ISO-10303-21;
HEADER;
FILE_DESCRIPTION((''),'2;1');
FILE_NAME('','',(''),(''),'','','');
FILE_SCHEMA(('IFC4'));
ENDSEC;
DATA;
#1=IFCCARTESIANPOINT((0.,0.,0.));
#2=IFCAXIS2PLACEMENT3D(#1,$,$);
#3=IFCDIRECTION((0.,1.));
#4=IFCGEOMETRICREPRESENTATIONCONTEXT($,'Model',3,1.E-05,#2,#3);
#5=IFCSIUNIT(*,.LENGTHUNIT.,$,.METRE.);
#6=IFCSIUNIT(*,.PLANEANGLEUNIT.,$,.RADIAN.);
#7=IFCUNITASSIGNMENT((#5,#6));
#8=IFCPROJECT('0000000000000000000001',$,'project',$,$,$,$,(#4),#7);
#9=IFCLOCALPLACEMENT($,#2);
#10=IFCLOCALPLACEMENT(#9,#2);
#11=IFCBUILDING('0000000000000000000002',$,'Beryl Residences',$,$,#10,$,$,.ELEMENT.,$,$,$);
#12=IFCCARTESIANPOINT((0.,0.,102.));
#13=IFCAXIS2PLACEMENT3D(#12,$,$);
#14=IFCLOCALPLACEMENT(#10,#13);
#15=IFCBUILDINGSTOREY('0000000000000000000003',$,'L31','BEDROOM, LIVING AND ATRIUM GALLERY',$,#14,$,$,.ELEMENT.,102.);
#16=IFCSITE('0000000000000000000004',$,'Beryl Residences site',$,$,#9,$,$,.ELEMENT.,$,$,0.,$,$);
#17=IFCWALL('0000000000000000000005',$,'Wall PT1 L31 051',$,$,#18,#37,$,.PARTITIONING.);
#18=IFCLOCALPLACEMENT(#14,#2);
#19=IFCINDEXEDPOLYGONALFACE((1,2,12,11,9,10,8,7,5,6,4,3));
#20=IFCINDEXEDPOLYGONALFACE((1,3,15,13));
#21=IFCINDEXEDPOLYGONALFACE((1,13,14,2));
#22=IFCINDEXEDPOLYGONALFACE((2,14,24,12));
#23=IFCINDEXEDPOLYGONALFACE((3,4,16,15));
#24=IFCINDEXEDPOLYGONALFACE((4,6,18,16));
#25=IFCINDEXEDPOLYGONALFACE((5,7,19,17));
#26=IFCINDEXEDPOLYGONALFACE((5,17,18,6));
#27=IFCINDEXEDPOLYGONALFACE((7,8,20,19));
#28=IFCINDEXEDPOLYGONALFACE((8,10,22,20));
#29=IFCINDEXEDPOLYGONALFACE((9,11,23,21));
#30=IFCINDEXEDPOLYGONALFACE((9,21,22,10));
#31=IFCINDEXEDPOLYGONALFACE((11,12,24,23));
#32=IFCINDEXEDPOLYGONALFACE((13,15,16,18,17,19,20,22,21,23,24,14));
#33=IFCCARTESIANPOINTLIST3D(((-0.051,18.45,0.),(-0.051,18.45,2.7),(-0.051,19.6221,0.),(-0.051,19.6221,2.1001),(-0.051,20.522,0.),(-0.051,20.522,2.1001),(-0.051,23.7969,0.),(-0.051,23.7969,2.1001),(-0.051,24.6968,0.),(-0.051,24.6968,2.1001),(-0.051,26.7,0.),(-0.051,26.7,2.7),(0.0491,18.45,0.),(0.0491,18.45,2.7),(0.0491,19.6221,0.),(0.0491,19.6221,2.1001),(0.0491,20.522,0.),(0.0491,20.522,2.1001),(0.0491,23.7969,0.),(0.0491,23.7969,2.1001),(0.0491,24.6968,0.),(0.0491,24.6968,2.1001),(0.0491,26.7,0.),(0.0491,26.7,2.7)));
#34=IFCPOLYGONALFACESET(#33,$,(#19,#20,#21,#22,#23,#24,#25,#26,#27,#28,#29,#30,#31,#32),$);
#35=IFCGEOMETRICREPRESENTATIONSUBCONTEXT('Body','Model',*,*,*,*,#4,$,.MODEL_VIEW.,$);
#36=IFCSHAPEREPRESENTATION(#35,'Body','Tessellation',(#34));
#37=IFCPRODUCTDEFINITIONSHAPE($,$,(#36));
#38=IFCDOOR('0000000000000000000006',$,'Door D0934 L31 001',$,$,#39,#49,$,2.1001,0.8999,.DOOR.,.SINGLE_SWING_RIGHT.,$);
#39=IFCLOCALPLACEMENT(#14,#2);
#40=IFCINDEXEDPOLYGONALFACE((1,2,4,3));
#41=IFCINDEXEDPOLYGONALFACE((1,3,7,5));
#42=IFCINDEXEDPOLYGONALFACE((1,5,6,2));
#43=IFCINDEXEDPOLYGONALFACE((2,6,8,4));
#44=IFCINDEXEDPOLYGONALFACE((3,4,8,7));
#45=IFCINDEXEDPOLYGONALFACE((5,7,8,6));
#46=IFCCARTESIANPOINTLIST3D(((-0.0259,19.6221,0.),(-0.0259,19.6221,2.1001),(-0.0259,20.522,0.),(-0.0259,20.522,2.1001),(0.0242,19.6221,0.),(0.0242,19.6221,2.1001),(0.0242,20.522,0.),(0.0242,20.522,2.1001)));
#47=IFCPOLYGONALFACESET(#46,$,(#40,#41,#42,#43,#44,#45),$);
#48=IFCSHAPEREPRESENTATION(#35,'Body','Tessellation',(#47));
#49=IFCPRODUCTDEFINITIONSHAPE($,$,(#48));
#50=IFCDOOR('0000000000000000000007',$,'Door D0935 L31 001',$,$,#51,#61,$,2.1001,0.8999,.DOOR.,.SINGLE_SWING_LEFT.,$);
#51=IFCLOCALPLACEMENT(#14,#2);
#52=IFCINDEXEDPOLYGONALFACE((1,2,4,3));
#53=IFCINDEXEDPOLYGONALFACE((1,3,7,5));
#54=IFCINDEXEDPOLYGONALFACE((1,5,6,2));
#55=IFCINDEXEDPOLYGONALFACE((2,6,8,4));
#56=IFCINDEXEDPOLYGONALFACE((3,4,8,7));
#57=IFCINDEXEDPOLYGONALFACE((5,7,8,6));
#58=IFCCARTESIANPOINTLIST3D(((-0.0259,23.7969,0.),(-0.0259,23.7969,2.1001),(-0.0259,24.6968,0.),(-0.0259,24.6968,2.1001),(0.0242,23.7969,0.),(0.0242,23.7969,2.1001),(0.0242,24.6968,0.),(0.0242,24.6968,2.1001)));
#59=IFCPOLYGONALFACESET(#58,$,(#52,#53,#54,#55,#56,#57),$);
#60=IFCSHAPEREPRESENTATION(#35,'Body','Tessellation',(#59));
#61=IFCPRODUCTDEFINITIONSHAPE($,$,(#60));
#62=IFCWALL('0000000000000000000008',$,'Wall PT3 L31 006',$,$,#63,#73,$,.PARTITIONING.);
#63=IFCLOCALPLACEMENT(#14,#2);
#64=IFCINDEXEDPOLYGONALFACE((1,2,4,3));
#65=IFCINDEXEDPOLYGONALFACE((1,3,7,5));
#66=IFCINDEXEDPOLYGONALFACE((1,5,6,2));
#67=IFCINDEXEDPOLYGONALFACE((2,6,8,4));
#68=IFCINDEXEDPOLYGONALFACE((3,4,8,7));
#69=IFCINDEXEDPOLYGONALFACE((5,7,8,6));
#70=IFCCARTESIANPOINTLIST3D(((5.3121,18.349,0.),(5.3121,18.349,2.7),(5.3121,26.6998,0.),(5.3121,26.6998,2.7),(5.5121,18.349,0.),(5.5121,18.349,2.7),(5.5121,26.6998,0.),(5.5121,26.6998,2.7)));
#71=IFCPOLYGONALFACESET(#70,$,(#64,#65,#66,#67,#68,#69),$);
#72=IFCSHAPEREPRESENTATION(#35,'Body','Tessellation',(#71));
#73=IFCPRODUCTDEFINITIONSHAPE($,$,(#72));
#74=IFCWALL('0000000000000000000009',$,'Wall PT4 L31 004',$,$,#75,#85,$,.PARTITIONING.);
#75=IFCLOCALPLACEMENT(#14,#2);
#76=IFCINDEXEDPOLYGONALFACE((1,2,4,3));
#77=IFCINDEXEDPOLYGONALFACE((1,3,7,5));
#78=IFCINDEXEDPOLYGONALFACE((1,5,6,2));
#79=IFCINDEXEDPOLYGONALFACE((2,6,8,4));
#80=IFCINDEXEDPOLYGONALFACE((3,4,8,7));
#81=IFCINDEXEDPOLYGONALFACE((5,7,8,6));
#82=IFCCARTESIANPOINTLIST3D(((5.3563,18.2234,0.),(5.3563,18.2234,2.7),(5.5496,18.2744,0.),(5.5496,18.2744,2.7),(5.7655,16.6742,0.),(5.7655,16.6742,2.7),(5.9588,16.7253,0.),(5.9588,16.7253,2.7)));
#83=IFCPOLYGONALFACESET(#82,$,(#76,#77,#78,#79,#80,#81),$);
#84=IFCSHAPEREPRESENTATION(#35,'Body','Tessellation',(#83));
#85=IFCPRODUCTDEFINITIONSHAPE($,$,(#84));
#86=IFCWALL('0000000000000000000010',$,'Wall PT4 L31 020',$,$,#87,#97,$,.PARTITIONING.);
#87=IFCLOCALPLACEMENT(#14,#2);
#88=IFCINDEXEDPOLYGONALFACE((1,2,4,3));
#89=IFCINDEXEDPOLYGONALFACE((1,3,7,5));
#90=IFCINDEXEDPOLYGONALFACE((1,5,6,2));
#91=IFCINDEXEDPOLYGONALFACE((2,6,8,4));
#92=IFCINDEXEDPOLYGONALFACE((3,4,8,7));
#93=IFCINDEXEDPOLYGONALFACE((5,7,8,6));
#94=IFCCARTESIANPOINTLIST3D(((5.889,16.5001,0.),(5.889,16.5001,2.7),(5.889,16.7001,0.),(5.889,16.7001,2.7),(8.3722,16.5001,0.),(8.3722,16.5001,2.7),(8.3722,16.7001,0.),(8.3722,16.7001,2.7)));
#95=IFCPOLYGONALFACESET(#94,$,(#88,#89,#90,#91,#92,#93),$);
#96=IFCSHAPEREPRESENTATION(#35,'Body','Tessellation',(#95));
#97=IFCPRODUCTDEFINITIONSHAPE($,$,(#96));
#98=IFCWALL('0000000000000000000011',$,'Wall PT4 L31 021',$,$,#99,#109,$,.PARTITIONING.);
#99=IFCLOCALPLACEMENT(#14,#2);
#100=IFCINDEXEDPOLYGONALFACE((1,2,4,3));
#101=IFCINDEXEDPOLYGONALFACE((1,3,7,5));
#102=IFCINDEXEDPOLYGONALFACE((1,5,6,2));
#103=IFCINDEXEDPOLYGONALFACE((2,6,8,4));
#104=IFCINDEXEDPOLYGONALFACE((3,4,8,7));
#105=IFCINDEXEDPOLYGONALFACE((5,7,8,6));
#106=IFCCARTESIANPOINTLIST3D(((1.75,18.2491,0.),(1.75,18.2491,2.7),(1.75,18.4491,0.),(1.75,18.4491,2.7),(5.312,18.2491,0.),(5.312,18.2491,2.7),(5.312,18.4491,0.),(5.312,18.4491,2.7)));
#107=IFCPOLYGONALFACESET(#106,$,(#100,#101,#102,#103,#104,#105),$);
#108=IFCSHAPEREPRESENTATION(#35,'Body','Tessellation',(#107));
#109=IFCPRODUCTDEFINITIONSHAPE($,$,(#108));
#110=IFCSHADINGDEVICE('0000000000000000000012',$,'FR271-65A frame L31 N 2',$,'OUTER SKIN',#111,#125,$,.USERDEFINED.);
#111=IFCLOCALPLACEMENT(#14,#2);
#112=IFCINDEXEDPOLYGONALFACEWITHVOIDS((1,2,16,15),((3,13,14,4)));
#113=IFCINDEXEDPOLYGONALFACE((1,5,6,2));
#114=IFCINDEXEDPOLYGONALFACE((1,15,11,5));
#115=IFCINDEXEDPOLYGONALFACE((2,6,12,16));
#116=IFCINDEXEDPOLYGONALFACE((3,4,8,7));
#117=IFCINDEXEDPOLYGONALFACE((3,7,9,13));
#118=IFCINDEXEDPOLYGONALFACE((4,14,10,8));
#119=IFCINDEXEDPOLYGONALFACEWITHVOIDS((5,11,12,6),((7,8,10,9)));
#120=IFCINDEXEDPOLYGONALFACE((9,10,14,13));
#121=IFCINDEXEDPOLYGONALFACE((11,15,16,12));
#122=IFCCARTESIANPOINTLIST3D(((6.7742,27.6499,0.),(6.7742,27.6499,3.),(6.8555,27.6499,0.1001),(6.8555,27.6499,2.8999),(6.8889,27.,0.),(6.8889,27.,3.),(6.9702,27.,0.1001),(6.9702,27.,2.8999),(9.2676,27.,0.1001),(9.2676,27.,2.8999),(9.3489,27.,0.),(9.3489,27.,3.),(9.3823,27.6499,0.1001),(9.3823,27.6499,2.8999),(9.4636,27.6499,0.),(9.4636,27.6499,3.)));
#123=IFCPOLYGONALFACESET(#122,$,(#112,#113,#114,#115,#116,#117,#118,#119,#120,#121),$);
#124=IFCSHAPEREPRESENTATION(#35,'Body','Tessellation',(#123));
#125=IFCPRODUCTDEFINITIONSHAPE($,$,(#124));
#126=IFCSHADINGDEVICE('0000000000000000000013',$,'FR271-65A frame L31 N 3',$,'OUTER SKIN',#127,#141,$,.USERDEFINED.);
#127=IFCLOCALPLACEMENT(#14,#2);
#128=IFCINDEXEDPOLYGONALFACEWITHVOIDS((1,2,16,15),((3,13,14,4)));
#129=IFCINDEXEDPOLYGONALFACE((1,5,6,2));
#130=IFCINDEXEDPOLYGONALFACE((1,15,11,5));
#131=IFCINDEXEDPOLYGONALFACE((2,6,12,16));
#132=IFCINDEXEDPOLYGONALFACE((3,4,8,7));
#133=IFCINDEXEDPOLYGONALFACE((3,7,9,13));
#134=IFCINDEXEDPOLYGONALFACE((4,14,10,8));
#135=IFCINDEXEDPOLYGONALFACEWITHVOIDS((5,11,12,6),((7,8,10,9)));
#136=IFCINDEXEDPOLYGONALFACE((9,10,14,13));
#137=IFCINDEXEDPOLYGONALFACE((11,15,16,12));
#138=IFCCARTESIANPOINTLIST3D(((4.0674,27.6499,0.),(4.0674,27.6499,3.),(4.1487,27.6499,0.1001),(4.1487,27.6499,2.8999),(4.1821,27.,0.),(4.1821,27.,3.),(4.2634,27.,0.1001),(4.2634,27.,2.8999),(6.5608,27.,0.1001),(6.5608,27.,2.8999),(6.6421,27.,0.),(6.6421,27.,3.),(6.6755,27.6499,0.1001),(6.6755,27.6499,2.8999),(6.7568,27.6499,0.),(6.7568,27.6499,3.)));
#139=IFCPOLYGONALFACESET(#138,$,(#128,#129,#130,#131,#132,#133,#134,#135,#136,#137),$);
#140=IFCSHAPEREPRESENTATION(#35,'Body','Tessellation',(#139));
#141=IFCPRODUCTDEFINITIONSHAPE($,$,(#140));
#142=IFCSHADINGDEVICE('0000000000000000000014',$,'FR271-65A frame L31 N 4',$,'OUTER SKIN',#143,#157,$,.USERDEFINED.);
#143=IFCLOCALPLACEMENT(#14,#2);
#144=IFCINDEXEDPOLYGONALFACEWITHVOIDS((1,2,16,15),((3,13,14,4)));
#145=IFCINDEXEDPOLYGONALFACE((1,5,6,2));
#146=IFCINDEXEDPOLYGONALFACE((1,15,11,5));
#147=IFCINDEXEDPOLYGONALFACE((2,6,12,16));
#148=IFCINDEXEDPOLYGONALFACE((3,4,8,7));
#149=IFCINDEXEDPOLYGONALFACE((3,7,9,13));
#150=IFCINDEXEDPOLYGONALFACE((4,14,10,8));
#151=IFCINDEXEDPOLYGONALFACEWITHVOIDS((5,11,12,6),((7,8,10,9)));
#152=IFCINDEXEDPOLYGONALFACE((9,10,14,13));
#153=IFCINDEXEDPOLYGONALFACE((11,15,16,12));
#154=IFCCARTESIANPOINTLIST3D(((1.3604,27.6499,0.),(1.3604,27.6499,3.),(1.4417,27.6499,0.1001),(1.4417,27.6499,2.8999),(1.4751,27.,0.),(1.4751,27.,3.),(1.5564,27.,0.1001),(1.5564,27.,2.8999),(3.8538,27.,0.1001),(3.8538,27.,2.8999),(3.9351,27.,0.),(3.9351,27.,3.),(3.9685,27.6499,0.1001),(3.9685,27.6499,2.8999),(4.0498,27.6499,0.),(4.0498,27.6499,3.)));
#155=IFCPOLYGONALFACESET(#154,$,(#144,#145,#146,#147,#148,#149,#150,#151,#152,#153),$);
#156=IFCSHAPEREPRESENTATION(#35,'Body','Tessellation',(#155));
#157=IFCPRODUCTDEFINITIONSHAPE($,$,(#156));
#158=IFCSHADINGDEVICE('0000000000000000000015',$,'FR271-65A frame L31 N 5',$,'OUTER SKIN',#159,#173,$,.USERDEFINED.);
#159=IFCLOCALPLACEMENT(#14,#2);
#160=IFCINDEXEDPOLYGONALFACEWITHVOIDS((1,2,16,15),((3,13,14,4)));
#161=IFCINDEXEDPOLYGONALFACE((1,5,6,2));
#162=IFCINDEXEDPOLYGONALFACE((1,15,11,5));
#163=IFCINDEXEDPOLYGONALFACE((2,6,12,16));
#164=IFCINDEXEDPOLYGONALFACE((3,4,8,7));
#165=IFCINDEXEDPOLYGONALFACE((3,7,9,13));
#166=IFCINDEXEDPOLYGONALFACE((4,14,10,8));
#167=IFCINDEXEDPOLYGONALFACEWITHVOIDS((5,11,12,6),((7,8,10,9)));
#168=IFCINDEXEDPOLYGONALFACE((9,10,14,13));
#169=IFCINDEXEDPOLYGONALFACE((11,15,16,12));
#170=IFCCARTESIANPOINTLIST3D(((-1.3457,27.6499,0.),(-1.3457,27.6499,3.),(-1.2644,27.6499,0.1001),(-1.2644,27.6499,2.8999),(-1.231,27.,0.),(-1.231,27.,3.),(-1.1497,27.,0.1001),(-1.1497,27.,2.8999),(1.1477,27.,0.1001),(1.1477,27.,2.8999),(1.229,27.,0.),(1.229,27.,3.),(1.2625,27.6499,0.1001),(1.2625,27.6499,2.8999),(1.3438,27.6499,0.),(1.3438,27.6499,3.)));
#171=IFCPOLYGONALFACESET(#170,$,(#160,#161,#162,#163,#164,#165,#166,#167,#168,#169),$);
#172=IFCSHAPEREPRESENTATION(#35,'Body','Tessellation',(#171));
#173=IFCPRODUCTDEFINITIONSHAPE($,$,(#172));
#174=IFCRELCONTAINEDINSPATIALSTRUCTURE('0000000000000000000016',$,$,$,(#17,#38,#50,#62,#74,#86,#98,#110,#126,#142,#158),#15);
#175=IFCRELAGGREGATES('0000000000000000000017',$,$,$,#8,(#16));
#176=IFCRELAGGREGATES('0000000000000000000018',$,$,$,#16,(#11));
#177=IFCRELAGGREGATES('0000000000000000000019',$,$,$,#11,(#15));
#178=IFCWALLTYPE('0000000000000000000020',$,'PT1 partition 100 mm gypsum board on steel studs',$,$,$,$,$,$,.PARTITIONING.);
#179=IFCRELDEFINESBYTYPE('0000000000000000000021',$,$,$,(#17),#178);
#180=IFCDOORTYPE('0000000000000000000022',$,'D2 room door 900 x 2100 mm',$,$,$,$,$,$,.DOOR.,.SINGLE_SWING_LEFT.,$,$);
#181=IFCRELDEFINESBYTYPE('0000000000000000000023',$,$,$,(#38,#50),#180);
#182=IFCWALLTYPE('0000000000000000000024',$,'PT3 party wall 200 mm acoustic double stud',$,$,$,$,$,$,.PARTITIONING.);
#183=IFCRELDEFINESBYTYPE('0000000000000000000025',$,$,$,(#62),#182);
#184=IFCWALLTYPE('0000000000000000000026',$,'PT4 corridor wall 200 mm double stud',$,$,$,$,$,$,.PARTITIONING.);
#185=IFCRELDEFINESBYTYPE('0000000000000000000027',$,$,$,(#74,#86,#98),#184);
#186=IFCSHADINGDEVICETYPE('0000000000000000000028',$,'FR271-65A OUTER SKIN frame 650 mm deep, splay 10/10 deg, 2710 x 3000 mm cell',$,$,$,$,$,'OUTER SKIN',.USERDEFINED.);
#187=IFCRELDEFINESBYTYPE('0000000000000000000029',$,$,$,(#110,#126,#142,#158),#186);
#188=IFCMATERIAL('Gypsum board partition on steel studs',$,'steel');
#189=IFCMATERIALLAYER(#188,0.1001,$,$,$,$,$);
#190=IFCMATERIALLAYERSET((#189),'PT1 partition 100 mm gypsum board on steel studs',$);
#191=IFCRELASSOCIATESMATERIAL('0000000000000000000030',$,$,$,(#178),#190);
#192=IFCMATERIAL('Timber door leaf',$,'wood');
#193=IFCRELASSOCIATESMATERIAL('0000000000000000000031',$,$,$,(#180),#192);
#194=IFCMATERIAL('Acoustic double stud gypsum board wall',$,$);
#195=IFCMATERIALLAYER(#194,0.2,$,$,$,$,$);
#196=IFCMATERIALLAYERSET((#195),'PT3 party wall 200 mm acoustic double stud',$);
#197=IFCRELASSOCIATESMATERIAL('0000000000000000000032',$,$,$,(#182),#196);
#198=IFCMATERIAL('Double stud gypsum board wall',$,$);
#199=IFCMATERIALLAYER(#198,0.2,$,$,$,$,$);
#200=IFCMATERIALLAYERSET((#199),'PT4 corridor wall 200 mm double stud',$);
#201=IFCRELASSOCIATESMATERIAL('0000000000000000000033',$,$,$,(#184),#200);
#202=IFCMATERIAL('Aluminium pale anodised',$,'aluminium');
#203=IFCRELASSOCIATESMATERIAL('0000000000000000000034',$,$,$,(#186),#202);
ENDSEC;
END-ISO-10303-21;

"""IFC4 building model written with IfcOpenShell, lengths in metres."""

from ifc_helpers import new_model, entity, si_unit, direction, frame, frame_2d, origin, place, context, subcontext, project, spatial, rectangle, extrude, source, transform, mapped, material, layer, layer_set, type_object, type_shapes, element, fill, save


model = new_model("IFC4")

# Units and contexts
model_context = context("Model", 3, precision=1e-05, world=origin(), true_north=direction((0.0, 1.0)))
body_context = subcontext(model_context, "Body", "Model", "MODEL_VIEW")
ifc_project = project(units=[si_unit("LENGTHUNIT", "METRE"), si_unit("PLANEANGLEUNIT", "RADIAN")], contexts=[model_context])

# Site, building, storey
site_placement = place(None, origin())
site = spatial("IfcSite", under=ifc_project, at=site_placement, Name="Beryl Residences site", CompositionType="ELEMENT", RefElevation=0.0)
building_placement = place(site_placement, origin())
building = spatial("IfcBuilding", under=site, at=building_placement, Name="Beryl Residences", CompositionType="ELEMENT")
storey_placement = place(building_placement, frame((0.0, 0.0, 102.0)))
storey = spatial("IfcBuildingStorey", under=building, at=storey_placement, Name="L31", Description="BEDROOM, LIVING AND ATRIUM GALLERY", CompositionType="ELEMENT", Elevation=102.0)

# Shared definitions
ifc_material_1 = material(Name="Gypsum board partition on steel studs", Category="steel")
ifc_layer_1 = layer(ifc_material_1, 0.1001)
ifc_layer_set_1 = layer_set([ifc_layer_1], Name="PT1 partition 100 mm gypsum board on steel studs")
wall_type_1 = type_object("IfcWallType", Name="PT1 partition 100 mm gypsum board on steel studs", PredefinedType="PARTITIONING", material=ifc_layer_set_1)

# Wall, openings, doors
wall_1_placement = place(storey_placement, frame((-0.001, 18.45, 0.0), z_axis=(0.0, 0.0, 1.0), x_axis=(0.0, 1.0, 0.0)))
wall_1 = element("IfcWall", 1, at=wall_1_placement, inside=storey, type_object=wall_type_1, Name="Wall PT1 L31 051", PredefinedType="PARTITIONING", context=body_context, shape_type="SweptSolid", body=[
    extrude(rectangle(XDim=8.25, YDim=0.1001, at=frame_2d((4.125, 0.0))), origin(), (0.0, 0.0, 1.0), 2.7),
])
opening_1_placement = place(wall_1_placement, frame((1.1721, 0.0, 0.0)))
opening_1 = element("IfcOpeningElement", 2, at=opening_1_placement, cuts=wall_1, PredefinedType="OPENING", context=body_context, shape_type="SweptSolid", body=[
    extrude(rectangle(XDim=0.8999, YDim=2.1001, at=frame_2d((0.45, 1.05))), frame((0.0, 0.0601, 0.0), z_axis=(0.0, -1.0, 0.0), x_axis=(1.0, 0.0, 0.0)), (0.0, 0.0, 1.0), 0.1201),
])
opening_2_placement = place(wall_1_placement, frame((5.3469, 0.0, 0.0)))
opening_2 = element("IfcOpeningElement", 3, at=opening_2_placement, cuts=wall_1, PredefinedType="OPENING", context=body_context, shape_type="SweptSolid", body=[
    extrude(rectangle(XDim=0.8999, YDim=2.1001, at=frame_2d((0.45, 1.05))), frame((0.0, 0.0601, 0.0), z_axis=(0.0, -1.0, 0.0), x_axis=(1.0, 0.0, 0.0)), (0.0, 0.0, 1.0), 0.1201),
])
ifc_material_2 = material(Name="Timber door leaf", Category="wood")
door_type_1 = type_object("IfcDoorType", Name="D2 room door 900 x 2100 mm", OperationType="SINGLE_SWING_LEFT", PredefinedType="DOOR", material=ifc_material_2)
door_1_placement = place(opening_1_placement, origin())
door_1 = element("IfcDoor", 4, at=door_1_placement, inside=storey, type_object=door_type_1, Name="Door D0934 L31 001", OperationType="SINGLE_SWING_RIGHT", OverallHeight=2.1001, OverallWidth=0.8999, PredefinedType="DOOR", context=body_context, shape_type="SweptSolid", body=[
    extrude(rectangle(XDim=0.8999, YDim=2.1001, at=frame_2d((0.45, 1.05))), frame((0.0, 0.0249, 0.0), z_axis=(0.0, -1.0, 0.0), x_axis=(1.0, 0.0, 0.0)), (0.0, 0.0, 1.0), 0.05),
])
fill(opening_1, door_1)
door_2_placement = place(opening_2_placement, origin())
door_2 = element("IfcDoor", 5, at=door_2_placement, inside=storey, type_object=door_type_1, Name="Door D0935 L31 001", OperationType="SINGLE_SWING_LEFT", OverallHeight=2.1001, OverallWidth=0.8999, PredefinedType="DOOR", context=body_context, shape_type="SweptSolid", body=[
    extrude(rectangle(XDim=0.8999, YDim=2.1001, at=frame_2d((0.45, 1.05))), frame((0.0, 0.0249, 0.0), z_axis=(0.0, -1.0, 0.0), x_axis=(1.0, 0.0, 0.0)), (0.0, 0.0, 1.0), 0.05),
])
fill(opening_2, door_2)

# Walls
ifc_material_3 = material(Name="Acoustic double stud gypsum board wall")
ifc_layer_2 = layer(ifc_material_3, 0.2)
ifc_layer_set_2 = layer_set([ifc_layer_2], Name="PT3 party wall 200 mm acoustic double stud")
wall_type_2 = type_object("IfcWallType", Name="PT3 party wall 200 mm acoustic double stud", PredefinedType="PARTITIONING", material=ifc_layer_set_2)
wall_2_placement = place(storey_placement, frame((5.4121, 18.3491, 0.0), z_axis=(0.0, 0.0, 1.0), x_axis=(0.0, 1.0, 0.0)))
element("IfcWall", 6, at=wall_2_placement, inside=storey, type_object=wall_type_2, Name="Wall PT3 L31 006", PredefinedType="PARTITIONING", context=body_context, shape_type="SweptSolid", body=[
    extrude(rectangle(XDim=8.3508, YDim=0.2, at=frame_2d((4.1753, 0.0))), origin(), (0.0, 0.0, 1.0), 2.7),
])
ifc_material_4 = material(Name="Double stud gypsum board wall")
ifc_layer_3 = layer(ifc_material_4, 0.2)
ifc_layer_set_3 = layer_set([ifc_layer_3], Name="PT4 corridor wall 200 mm double stud")
wall_type_3 = type_object("IfcWallType", Name="PT4 corridor wall 200 mm double stud", PredefinedType="PARTITIONING", material=ifc_layer_set_3)
wall_3_placement = place(storey_placement, frame((5.4529, 18.249, 0.0), z_axis=(0.0, 0.0, 1.0), x_axis=(0.255386, -0.966839, 0.0)))
element("IfcWall", 7, at=wall_3_placement, inside=storey, type_object=wall_type_3, Name="Wall PT4 L31 004", PredefinedType="PARTITIONING", context=body_context, shape_type="SweptSolid", body=[
    extrude(rectangle(XDim=1.6023, YDim=0.2, at=frame_2d((0.8013, 0.0))), origin(), (0.0, 0.0, 1.0), 2.7),
])
wall_4_placement = place(storey_placement, frame((5.8889, 16.6001, 0.0), z_axis=(0.0, 0.0, 1.0), x_axis=(1.0, 0.0, 0.0)))
element("IfcWall", 8, at=wall_4_placement, inside=storey, type_object=wall_type_3, Name="Wall PT4 L31 020", PredefinedType="PARTITIONING", context=body_context, shape_type="SweptSolid", body=[
    extrude(rectangle(XDim=2.4832, YDim=0.2, at=frame_2d((1.2417, 0.0))), origin(), (0.0, 0.0, 1.0), 2.7),
])
wall_5_placement = place(storey_placement, frame((1.75, 18.3491, 0.0), z_axis=(0.0, 0.0, 1.0), x_axis=(1.0, 0.0, 0.0)))
element("IfcWall", 9, at=wall_5_placement, inside=storey, type_object=wall_type_3, Name="Wall PT4 L31 021", PredefinedType="PARTITIONING", context=body_context, shape_type="SweptSolid", body=[
    extrude(rectangle(XDim=3.562, YDim=0.2, at=frame_2d((1.781, 0.0))), origin(), (0.0, 0.0, 1.0), 2.7),
])

# Shading devices
ifc_material_5 = material(Name="Aluminium pale anodised", Category="aluminium")
shading_device_type = type_object("IfcShadingDeviceType", Name="FR271-65A OUTER SKIN frame 650 mm deep, splay 10/10 deg, 2710 x 3000 mm cell", ElementType="OUTER SKIN", PredefinedType="USERDEFINED", material=ifc_material_5)
cartesian_point_1 = entity("IfcCartesianPoint", [-1.23, 0.0])
cartesian_point_2 = entity("IfcCartesianPoint", [-1.1487, 0.1001])
cartesian_point_3 = entity("IfcCartesianPoint", [-1.3447, 0.0])
cartesian_point_4 = entity("IfcCartesianPoint", [-1.2634, 0.1001])
shared_shape = source(origin(), body_context, "Body", "SweptSolid", [
    entity("IfcExtrudedAreaSolidTapered", entity("IfcArbitraryProfileDefWithVoids", "AREA", None, entity("IfcPolyline", [cartesian_point_1, entity("IfcCartesianPoint", [1.23, 0.0]), entity("IfcCartesianPoint", [1.23, 3.0]), entity("IfcCartesianPoint", [-1.23, 3.0]), cartesian_point_1]), [entity("IfcPolyline", [cartesian_point_2, entity("IfcCartesianPoint", [1.1487, 0.1001]), entity("IfcCartesianPoint", [1.1487, 2.8999]), entity("IfcCartesianPoint", [-1.1487, 2.8999]), cartesian_point_2])]), entity("IfcAxis2Placement3D", entity("IfcCartesianPoint", [0.0, 0.0, 0.0]), entity("IfcDirection", [0.0, 1.0, 0.0]), entity("IfcDirection", [-1.0, 0.0, 0.0])), entity("IfcDirection", [0.0, 0.0, 1.0]), 0.6499, entity("IfcArbitraryProfileDefWithVoids", "AREA", None, entity("IfcPolyline", [cartesian_point_3, entity("IfcCartesianPoint", [1.3447, 0.0]), entity("IfcCartesianPoint", [1.3447, 3.0]), entity("IfcCartesianPoint", [-1.3447, 3.0]), cartesian_point_3]), [entity("IfcPolyline", [cartesian_point_4, entity("IfcCartesianPoint", [1.2634, 0.1001]), entity("IfcCartesianPoint", [1.2634, 2.8999]), entity("IfcCartesianPoint", [-1.2634, 2.8999]), cartesian_point_4])])),
])
type_shapes(shading_device_type, [shared_shape])
for number, where, z_axis, x_axis, name in (
    (10, (8.1189, 27.0, 0.0), (0.0, 0.0, 1.0), (1.0, 0.0, 0.0), "FR271-65A frame L31 N 2"),
    (11, (5.4121, 27.0, 0.0), (0.0, 0.0, 1.0), (1.0, 0.0, 0.0), "FR271-65A frame L31 N 3"),
    (12, (2.7051, 27.0, 0.0), (0.0, 0.0, 1.0), (1.0, 0.0, 0.0), "FR271-65A frame L31 N 4"),
    (13, (-0.001, 27.0, 0.0), (0.0, 0.0, 1.0), (1.0, 0.0, 0.0), "FR271-65A frame L31 N 5"),
):
    element("IfcShadingDevice", number, at=place(storey_placement, frame(where, z_axis=z_axis, x_axis=x_axis)), inside=storey, type_object=shading_device_type, Name=name, ObjectType="OUTER SKIN", PredefinedType="USERDEFINED", context=body_context, shape_type="MappedRepresentation", body=[
        mapped(shared_shape, transform((0.0, 0.0, 0.0))),
    ])

save(model, "model.ifc")
